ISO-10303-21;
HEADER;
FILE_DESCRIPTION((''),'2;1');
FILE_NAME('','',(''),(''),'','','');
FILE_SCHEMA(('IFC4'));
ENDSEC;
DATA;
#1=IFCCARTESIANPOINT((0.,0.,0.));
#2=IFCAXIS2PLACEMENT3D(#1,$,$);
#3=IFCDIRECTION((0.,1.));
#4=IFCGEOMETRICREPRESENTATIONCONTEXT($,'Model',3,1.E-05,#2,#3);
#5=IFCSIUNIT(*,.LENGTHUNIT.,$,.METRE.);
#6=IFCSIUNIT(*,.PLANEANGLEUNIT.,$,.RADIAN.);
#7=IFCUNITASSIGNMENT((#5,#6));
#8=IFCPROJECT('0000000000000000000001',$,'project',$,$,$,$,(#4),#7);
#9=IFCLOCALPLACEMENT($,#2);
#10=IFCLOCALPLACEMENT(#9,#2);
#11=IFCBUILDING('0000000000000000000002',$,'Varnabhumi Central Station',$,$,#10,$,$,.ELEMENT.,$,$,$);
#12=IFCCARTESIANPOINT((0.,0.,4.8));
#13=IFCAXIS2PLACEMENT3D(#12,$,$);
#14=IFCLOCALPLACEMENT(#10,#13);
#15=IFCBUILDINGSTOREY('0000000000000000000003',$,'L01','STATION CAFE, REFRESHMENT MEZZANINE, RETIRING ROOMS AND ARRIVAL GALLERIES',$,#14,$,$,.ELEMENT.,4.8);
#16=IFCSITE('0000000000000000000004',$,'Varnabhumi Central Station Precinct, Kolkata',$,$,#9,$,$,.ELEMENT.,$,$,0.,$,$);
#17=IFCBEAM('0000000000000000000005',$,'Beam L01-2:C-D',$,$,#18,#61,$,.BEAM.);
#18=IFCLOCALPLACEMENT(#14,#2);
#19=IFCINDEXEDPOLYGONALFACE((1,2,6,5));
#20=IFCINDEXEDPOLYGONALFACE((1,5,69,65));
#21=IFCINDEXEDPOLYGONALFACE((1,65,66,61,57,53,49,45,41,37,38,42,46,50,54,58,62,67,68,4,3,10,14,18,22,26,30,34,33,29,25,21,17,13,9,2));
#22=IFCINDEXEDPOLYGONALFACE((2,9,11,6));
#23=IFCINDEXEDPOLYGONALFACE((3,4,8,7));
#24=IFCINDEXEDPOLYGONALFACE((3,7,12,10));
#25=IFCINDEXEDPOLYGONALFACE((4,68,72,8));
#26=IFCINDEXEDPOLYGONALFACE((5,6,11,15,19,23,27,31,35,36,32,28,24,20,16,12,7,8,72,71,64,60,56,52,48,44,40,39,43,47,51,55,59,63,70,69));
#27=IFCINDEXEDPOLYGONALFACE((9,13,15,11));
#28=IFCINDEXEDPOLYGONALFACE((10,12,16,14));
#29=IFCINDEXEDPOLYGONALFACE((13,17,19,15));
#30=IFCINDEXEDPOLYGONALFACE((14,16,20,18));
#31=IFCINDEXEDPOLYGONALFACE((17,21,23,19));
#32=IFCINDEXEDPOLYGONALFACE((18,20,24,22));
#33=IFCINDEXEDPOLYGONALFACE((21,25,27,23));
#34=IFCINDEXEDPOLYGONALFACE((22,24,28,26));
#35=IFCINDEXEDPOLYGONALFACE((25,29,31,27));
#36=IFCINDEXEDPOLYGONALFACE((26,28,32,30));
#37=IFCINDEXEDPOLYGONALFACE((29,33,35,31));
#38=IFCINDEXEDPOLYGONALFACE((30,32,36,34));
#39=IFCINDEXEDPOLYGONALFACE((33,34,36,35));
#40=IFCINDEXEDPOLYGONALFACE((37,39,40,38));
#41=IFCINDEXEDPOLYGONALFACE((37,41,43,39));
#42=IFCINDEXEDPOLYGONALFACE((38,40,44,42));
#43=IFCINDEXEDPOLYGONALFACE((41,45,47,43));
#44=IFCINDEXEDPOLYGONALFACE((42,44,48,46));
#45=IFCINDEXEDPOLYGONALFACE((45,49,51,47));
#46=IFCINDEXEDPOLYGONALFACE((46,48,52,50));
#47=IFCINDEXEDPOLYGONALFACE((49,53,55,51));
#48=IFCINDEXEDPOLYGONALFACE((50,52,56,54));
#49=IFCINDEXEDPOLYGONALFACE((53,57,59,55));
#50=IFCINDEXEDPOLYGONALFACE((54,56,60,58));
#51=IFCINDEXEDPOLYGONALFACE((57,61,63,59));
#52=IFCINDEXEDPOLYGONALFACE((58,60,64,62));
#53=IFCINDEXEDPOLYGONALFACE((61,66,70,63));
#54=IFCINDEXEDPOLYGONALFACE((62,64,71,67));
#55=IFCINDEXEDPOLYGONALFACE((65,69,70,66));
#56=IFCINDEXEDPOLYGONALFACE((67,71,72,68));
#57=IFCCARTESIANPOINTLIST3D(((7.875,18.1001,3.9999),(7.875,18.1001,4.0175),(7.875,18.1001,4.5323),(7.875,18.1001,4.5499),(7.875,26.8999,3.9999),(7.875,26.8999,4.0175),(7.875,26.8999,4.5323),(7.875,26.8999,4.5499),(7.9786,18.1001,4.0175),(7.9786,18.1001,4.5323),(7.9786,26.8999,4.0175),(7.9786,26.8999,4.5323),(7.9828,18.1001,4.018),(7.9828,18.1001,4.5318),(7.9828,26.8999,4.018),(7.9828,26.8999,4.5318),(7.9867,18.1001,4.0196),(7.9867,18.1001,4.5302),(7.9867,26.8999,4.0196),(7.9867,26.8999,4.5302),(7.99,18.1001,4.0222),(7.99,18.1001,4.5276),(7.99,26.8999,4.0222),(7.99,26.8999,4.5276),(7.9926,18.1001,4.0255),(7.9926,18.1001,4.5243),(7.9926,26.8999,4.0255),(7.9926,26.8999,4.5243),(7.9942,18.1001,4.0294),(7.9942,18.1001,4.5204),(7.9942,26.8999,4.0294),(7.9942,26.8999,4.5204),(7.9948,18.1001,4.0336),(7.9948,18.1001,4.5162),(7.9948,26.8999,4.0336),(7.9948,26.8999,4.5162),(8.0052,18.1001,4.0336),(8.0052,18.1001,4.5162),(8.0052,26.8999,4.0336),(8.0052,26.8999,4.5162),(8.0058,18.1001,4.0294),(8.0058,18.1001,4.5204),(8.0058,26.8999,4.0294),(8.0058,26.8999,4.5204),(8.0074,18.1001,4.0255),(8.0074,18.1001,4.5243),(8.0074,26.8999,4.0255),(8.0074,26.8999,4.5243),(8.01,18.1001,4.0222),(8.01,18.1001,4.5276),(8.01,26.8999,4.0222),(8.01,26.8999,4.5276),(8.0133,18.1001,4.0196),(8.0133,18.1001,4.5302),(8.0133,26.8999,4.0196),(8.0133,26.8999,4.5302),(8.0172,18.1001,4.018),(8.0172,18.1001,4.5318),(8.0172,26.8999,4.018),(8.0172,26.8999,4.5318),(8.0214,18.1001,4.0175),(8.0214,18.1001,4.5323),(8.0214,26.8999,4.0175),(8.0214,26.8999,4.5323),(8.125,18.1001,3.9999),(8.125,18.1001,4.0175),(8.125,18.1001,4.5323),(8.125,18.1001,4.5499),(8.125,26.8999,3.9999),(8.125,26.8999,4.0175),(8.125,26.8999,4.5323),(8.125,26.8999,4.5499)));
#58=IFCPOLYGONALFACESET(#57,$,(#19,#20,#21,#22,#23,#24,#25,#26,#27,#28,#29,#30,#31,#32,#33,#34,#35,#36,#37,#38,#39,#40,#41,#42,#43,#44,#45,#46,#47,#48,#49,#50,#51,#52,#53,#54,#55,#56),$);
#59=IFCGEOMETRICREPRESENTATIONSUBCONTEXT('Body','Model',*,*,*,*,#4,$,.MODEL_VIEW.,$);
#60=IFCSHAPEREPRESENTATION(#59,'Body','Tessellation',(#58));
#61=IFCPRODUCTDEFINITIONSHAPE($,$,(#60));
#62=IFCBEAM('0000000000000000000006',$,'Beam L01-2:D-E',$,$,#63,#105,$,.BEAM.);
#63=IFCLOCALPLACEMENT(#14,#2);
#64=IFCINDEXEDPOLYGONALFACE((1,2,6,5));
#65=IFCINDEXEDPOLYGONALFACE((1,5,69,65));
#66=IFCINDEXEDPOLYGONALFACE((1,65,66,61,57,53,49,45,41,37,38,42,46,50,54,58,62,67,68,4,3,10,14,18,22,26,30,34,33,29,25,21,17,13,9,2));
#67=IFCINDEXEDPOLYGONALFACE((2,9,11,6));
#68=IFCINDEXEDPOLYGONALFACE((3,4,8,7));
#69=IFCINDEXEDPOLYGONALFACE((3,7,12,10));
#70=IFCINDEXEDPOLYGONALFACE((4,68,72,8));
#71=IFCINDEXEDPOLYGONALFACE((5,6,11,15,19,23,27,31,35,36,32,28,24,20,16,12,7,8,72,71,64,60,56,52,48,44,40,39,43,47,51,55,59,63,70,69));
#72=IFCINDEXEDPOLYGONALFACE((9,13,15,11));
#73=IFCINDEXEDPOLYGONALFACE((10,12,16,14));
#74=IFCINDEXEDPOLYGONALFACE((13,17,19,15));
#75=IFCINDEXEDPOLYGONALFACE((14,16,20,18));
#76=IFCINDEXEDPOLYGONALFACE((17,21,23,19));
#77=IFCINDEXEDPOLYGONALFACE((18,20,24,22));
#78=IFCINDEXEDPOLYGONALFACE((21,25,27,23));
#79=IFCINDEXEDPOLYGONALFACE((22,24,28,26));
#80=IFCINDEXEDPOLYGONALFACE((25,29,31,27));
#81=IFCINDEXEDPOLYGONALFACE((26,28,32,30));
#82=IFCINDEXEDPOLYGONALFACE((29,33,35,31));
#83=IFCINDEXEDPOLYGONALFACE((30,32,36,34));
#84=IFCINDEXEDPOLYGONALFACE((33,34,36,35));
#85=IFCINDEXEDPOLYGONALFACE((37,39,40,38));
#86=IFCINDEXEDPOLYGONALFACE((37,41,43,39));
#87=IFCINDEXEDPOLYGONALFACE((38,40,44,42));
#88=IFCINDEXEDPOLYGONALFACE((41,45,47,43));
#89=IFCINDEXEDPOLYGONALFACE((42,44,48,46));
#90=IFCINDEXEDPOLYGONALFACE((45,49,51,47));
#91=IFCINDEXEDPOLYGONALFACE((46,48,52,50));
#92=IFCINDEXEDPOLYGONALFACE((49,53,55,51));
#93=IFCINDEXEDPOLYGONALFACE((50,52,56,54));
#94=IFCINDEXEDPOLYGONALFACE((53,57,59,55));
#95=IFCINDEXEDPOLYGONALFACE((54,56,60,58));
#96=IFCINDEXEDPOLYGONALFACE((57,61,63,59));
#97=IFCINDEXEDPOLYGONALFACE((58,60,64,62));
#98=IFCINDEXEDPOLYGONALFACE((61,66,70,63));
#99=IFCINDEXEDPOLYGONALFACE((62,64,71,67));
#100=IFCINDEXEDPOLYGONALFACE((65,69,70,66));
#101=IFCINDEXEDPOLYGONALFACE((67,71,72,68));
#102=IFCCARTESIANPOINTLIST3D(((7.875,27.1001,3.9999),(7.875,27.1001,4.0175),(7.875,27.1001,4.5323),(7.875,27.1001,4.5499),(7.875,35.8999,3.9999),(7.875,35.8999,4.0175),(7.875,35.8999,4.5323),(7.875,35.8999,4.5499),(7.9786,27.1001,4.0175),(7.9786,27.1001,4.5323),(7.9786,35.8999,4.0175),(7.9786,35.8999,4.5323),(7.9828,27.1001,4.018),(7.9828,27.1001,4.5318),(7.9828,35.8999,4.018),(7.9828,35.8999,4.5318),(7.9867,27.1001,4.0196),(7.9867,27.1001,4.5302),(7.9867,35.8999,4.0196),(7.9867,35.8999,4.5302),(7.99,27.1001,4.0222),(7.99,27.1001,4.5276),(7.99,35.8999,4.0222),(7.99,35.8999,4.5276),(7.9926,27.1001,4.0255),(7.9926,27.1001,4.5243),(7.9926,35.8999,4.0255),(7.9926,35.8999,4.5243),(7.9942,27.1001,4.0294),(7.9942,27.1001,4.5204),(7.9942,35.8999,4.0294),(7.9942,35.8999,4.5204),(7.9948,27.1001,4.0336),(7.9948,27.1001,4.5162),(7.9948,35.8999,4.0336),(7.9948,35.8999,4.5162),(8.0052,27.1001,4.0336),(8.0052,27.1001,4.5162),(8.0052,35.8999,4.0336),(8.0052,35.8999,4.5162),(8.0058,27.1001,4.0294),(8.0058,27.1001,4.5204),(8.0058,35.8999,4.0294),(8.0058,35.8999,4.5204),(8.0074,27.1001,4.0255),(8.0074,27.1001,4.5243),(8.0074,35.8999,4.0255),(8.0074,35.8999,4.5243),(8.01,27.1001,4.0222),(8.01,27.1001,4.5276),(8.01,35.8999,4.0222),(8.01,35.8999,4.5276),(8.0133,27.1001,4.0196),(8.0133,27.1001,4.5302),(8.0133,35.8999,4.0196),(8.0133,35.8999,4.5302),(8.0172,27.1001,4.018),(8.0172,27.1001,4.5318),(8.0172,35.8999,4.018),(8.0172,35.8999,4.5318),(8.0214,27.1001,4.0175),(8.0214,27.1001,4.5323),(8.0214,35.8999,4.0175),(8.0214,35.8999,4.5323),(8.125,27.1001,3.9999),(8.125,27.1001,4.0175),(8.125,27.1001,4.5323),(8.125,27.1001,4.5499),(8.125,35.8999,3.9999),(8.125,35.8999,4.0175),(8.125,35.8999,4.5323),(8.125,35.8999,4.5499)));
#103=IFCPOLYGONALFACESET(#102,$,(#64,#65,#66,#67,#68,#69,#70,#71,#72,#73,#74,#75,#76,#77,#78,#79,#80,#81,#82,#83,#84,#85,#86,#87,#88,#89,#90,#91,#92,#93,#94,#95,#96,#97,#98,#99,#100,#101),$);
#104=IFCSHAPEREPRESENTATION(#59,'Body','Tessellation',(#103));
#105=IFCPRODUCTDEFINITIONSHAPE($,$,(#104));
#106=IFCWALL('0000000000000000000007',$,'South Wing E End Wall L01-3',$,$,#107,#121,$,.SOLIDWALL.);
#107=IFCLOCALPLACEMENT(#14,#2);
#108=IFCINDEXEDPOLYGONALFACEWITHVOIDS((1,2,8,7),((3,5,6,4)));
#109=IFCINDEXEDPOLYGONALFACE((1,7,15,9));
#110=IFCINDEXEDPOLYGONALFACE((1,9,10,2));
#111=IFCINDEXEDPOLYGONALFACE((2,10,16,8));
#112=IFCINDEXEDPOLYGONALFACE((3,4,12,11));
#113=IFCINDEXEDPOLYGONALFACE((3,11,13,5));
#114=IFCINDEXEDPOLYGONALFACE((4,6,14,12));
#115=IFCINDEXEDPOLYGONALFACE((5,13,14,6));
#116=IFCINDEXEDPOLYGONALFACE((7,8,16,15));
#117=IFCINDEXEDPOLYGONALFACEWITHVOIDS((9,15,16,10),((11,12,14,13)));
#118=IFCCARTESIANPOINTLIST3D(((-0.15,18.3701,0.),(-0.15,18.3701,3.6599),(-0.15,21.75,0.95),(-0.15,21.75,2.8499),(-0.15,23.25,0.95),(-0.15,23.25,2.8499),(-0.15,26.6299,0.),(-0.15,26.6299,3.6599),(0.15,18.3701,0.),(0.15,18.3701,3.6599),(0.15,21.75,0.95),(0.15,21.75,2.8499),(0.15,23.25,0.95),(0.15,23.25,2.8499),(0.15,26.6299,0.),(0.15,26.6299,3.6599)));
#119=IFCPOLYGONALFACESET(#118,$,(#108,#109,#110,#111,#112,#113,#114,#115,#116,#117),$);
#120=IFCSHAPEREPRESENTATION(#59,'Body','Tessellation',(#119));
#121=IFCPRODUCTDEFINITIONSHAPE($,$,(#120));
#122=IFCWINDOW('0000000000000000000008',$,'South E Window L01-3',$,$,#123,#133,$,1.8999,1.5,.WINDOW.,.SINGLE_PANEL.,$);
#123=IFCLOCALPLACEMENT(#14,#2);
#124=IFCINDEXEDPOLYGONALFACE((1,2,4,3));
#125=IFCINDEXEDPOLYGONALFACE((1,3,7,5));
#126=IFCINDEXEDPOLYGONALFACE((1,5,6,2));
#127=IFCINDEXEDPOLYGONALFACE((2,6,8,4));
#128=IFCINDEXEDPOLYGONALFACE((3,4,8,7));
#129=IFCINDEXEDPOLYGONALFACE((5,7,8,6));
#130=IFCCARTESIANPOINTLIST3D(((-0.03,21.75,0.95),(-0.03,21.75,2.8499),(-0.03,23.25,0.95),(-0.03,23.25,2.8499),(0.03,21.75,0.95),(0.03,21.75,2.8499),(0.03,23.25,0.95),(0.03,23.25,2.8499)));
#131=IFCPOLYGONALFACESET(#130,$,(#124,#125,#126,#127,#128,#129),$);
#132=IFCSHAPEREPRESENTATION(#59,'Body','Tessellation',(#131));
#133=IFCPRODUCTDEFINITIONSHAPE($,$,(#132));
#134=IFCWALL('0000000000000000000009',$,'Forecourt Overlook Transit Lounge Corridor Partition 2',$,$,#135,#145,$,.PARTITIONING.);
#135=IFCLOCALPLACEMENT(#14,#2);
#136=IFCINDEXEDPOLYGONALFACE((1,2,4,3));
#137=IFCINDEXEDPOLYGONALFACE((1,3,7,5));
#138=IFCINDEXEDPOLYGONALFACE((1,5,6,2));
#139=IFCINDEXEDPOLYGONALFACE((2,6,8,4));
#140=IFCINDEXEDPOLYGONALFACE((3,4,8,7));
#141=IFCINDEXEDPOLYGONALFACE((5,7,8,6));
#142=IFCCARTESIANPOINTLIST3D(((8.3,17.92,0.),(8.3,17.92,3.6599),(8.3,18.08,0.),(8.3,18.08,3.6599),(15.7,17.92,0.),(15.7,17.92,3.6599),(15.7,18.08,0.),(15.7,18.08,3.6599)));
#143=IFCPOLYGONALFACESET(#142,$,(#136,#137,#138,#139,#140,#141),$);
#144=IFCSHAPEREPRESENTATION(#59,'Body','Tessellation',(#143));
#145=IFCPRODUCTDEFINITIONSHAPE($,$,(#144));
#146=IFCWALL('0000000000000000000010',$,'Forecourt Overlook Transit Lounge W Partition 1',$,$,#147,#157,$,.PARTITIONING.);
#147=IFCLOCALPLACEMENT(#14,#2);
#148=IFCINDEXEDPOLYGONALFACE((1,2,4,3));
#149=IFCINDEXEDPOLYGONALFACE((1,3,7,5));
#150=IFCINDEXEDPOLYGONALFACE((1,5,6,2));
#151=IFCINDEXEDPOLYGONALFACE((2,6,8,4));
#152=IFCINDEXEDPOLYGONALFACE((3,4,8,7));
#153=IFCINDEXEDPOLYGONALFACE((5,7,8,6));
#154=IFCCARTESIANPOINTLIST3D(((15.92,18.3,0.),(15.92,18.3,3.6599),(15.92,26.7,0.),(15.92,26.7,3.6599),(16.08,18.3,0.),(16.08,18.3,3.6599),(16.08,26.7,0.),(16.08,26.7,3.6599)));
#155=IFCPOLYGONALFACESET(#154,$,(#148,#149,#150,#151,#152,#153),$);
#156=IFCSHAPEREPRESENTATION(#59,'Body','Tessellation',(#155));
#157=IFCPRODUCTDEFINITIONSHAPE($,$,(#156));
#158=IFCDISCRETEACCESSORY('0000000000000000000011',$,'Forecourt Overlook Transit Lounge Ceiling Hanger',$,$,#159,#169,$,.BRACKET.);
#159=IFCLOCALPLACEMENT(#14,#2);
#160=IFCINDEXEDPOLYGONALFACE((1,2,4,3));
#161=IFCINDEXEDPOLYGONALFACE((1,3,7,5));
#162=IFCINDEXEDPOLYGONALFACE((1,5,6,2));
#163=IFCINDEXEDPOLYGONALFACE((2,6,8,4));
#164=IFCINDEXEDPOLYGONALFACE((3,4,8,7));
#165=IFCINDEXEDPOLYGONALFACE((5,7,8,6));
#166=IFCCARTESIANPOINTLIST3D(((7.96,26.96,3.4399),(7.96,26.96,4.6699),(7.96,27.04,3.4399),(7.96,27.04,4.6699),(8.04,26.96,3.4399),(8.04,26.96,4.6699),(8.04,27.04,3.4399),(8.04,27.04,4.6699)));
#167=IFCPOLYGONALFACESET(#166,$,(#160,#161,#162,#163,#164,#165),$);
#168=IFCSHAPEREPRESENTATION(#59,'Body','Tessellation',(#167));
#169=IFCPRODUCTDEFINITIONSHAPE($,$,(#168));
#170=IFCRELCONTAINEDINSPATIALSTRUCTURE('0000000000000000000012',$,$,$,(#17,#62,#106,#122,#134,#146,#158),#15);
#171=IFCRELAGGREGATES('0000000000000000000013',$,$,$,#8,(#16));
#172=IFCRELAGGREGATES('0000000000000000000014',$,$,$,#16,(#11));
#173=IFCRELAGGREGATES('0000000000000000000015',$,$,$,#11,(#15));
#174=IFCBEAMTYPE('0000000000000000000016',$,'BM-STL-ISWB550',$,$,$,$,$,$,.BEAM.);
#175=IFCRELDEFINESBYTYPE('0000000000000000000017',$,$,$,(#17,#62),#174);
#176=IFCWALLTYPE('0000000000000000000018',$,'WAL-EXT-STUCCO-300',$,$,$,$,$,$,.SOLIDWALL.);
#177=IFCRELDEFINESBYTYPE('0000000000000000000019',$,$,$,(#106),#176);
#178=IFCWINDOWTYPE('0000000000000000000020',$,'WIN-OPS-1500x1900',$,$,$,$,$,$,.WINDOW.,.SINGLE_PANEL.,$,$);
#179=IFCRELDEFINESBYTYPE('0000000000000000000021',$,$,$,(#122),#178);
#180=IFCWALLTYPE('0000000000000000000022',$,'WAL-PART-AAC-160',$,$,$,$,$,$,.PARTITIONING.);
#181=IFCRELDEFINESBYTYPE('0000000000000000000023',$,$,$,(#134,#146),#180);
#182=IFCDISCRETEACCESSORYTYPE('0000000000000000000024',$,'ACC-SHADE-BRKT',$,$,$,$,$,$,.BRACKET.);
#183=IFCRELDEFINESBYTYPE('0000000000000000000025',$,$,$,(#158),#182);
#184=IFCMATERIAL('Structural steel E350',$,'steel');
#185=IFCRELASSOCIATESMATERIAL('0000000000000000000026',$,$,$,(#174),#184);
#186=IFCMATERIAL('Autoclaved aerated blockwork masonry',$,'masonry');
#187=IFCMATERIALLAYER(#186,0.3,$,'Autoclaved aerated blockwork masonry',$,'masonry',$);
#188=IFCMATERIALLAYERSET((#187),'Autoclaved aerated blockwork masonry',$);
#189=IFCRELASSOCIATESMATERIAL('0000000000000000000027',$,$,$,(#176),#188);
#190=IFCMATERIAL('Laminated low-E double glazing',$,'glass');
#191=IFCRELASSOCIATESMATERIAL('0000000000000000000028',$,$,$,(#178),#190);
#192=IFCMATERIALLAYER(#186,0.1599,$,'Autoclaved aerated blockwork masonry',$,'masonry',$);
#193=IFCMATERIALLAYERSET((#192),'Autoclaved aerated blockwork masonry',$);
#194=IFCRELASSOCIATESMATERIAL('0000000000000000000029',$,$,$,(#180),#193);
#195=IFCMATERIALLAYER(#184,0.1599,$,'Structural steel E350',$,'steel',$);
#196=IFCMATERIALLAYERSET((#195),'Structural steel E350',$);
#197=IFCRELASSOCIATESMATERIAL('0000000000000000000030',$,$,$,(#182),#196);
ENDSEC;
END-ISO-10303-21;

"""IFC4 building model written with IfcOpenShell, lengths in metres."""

from ifc_helpers import new_model, si_unit, direction, frame, frame_2d, origin, origin_2d, place, context, subcontext, project, spatial, rectangle, i_section, extrude, material, layer, layer_set, material_profile, profile_set, type_object, element, fill, save


model = new_model("IFC4")

# Units and contexts
model_context = context("Model", 3, precision=1e-05, world=origin(), true_north=direction((0.0, 1.0)))
body_context = subcontext(model_context, "Body", "Model", "MODEL_VIEW")
ifc_project = project(units=[si_unit("LENGTHUNIT", "METRE"), si_unit("PLANEANGLEUNIT", "RADIAN")], contexts=[model_context])

# Site, building, storey
site_placement = place(None, origin())
site = spatial("IfcSite", under=ifc_project, at=site_placement, Name="Varnabhumi Central Station Precinct, Kolkata", CompositionType="ELEMENT", RefElevation=0.0)
building_placement = place(site_placement, origin())
building = spatial("IfcBuilding", under=site, at=building_placement, Name="Varnabhumi Central Station", CompositionType="ELEMENT")
storey_placement = place(building_placement, frame((0.0, 0.0, 4.8)))
storey = spatial("IfcBuildingStorey", under=building, at=storey_placement, Name="L01", Description="STATION CAFE, REFRESHMENT MEZZANINE, RETIRING ROOMS AND ARRIVAL GALLERIES", CompositionType="ELEMENT", Elevation=4.8)

# Beams
ifc_material_1 = material(Name="Structural steel E350", Category="steel")
ifc_material_profile_1 = material_profile(ifc_material_1, i_section(OverallWidth=0.25, OverallDepth=0.55, WebThickness=0.0105, FlangeThickness=0.0176, FilletRadius=0.0161, at=origin_2d()), Name="Structural steel E350", Category="steel")
ifc_profile_set_1 = profile_set([ifc_material_profile_1], Name="Structural steel E350")
beam_type_1 = type_object("IfcBeamType", Name="BM-STL-ISWB550", PredefinedType="BEAM", material=ifc_profile_set_1)
for number, where, z_axis, x_axis, name in (
    (1, (8.0, 18.1001, 4.2749), (0.0, 1.0, 0.0), (-1.0, 0.0, 0.0), "Beam L01-2:C-D"),
    (2, (8.0, 27.1001, 4.2749), (0.0, 1.0, 0.0), (-1.0, 0.0, 0.0), "Beam L01-2:D-E"),
):
    element("IfcBeam", number, at=place(storey_placement, frame(where, z_axis=z_axis, x_axis=x_axis)), inside=storey, type_object=beam_type_1, Name=name, PredefinedType="BEAM", context=body_context, shape_type="SweptSolid", body=[
        extrude(i_section(OverallWidth=0.25, OverallDepth=0.55, WebThickness=0.0105, FlangeThickness=0.0176, FilletRadius=0.0161, at=origin_2d()), origin(), (0.0, 0.0, 1.0), 8.7998),
    ])

# Wall, opening, window
ifc_material_2 = material(Name="Autoclaved aerated blockwork masonry", Category="masonry")
ifc_layer_1 = layer(ifc_material_2, 0.3, Name="Autoclaved aerated blockwork masonry", Category="masonry")
ifc_layer_set_1 = layer_set([ifc_layer_1], Name="Autoclaved aerated blockwork masonry")
wall_type_1 = type_object("IfcWallType", Name="WAL-EXT-STUCCO-300", PredefinedType="SOLIDWALL", material=ifc_layer_set_1)
wall_1_placement = place(storey_placement, frame((0.0, 18.3701, 0.0), z_axis=(0.0, 0.0, 1.0), x_axis=(0.0, 1.0, 0.0)))
wall_1 = element("IfcWall", 3, at=wall_1_placement, inside=storey, type_object=wall_type_1, Name="South Wing E End Wall L01-3", PredefinedType="SOLIDWALL", context=body_context, shape_type="SweptSolid", body=[
    extrude(rectangle(XDim=8.2598, YDim=0.3, at=frame_2d((4.1299, 0.0))), origin(), (0.0, 0.0, 1.0), 3.6599),
])
opening_placement = place(wall_1_placement, frame((3.3799, 0.0, 0.95)))
opening = element("IfcOpeningElement", 4, at=opening_placement, cuts=wall_1, PredefinedType="OPENING", context=body_context, shape_type="SweptSolid", body=[
    extrude(rectangle(XDim=1.5, YDim=1.8999, at=frame_2d((0.75, 0.95))), frame((0.0, 0.1599, 0.0), z_axis=(0.0, -1.0, 0.0), x_axis=(1.0, 0.0, 0.0)), (0.0, 0.0, 1.0), 0.3201),
])
ifc_material_3 = material(Name="Laminated low-E double glazing", Category="glass")
window_type = type_object("IfcWindowType", Name="WIN-OPS-1500x1900", PartitioningType="SINGLE_PANEL", PredefinedType="WINDOW", material=ifc_material_3)
window_placement = place(opening_placement, origin())
window = element("IfcWindow", 5, at=window_placement, inside=storey, type_object=window_type, Name="South E Window L01-3", OverallHeight=1.8999, OverallWidth=1.5, PartitioningType="SINGLE_PANEL", PredefinedType="WINDOW", context=body_context, shape_type="SweptSolid", body=[
    extrude(rectangle(XDim=1.5, YDim=1.8999, at=frame_2d((0.75, 0.95))), frame((0.0, 0.03, 0.0), z_axis=(0.0, -1.0, 0.0), x_axis=(1.0, 0.0, 0.0)), (0.0, 0.0, 1.0), 0.0601),
])
fill(opening, window)

# Walls
ifc_layer_2 = layer(ifc_material_2, 0.1599, Name="Autoclaved aerated blockwork masonry", Category="masonry")
ifc_layer_set_2 = layer_set([ifc_layer_2], Name="Autoclaved aerated blockwork masonry")
wall_type_2 = type_object("IfcWallType", Name="WAL-PART-AAC-160", PredefinedType="PARTITIONING", material=ifc_layer_set_2)
wall_2_placement = place(storey_placement, frame((8.3, 18.0, 0.0), z_axis=(0.0, 0.0, 1.0), x_axis=(1.0, 0.0, 0.0)))
element("IfcWall", 6, at=wall_2_placement, inside=storey, type_object=wall_type_2, Name="Forecourt Overlook Transit Lounge Corridor Partition 2", PredefinedType="PARTITIONING", context=body_context, shape_type="SweptSolid", body=[
    extrude(rectangle(XDim=7.3999, YDim=0.1599, at=frame_2d((3.7, 0.0))), origin(), (0.0, 0.0, 1.0), 3.6599),
])
wall_3_placement = place(storey_placement, frame((16.0, 18.3, 0.0), z_axis=(0.0, 0.0, 1.0), x_axis=(0.0, 1.0, 0.0)))
element("IfcWall", 7, at=wall_3_placement, inside=storey, type_object=wall_type_2, Name="Forecourt Overlook Transit Lounge W Partition 1", PredefinedType="PARTITIONING", context=body_context, shape_type="SweptSolid", body=[
    extrude(rectangle(XDim=8.3999, YDim=0.1599, at=frame_2d((4.2, 0.0))), origin(), (0.0, 0.0, 1.0), 3.6599),
])

# Discrete accessory
ifc_layer_3 = layer(ifc_material_1, 0.1599, Name="Structural steel E350", Category="steel")
ifc_layer_set_3 = layer_set([ifc_layer_3], Name="Structural steel E350")
discrete_accessory_type = type_object("IfcDiscreteAccessoryType", Name="ACC-SHADE-BRKT", PredefinedType="BRACKET", material=ifc_layer_set_3)
discrete_accessory_placement = place(storey_placement, frame((8.0, 27.0, 3.4399), z_axis=(0.0, 0.0, 1.0), x_axis=(1.0, 0.0, 0.0)))
element("IfcDiscreteAccessory", 8, at=discrete_accessory_placement, inside=storey, type_object=discrete_accessory_type, Name="Forecourt Overlook Transit Lounge Ceiling Hanger", PredefinedType="BRACKET", context=body_context, shape_type="SweptSolid", body=[
    extrude(rectangle(XDim=0.0801, YDim=0.0801, at=origin_2d()), origin(), (0.0, 0.0, 1.0), 1.23),
])

save(model, "model.ifc")
